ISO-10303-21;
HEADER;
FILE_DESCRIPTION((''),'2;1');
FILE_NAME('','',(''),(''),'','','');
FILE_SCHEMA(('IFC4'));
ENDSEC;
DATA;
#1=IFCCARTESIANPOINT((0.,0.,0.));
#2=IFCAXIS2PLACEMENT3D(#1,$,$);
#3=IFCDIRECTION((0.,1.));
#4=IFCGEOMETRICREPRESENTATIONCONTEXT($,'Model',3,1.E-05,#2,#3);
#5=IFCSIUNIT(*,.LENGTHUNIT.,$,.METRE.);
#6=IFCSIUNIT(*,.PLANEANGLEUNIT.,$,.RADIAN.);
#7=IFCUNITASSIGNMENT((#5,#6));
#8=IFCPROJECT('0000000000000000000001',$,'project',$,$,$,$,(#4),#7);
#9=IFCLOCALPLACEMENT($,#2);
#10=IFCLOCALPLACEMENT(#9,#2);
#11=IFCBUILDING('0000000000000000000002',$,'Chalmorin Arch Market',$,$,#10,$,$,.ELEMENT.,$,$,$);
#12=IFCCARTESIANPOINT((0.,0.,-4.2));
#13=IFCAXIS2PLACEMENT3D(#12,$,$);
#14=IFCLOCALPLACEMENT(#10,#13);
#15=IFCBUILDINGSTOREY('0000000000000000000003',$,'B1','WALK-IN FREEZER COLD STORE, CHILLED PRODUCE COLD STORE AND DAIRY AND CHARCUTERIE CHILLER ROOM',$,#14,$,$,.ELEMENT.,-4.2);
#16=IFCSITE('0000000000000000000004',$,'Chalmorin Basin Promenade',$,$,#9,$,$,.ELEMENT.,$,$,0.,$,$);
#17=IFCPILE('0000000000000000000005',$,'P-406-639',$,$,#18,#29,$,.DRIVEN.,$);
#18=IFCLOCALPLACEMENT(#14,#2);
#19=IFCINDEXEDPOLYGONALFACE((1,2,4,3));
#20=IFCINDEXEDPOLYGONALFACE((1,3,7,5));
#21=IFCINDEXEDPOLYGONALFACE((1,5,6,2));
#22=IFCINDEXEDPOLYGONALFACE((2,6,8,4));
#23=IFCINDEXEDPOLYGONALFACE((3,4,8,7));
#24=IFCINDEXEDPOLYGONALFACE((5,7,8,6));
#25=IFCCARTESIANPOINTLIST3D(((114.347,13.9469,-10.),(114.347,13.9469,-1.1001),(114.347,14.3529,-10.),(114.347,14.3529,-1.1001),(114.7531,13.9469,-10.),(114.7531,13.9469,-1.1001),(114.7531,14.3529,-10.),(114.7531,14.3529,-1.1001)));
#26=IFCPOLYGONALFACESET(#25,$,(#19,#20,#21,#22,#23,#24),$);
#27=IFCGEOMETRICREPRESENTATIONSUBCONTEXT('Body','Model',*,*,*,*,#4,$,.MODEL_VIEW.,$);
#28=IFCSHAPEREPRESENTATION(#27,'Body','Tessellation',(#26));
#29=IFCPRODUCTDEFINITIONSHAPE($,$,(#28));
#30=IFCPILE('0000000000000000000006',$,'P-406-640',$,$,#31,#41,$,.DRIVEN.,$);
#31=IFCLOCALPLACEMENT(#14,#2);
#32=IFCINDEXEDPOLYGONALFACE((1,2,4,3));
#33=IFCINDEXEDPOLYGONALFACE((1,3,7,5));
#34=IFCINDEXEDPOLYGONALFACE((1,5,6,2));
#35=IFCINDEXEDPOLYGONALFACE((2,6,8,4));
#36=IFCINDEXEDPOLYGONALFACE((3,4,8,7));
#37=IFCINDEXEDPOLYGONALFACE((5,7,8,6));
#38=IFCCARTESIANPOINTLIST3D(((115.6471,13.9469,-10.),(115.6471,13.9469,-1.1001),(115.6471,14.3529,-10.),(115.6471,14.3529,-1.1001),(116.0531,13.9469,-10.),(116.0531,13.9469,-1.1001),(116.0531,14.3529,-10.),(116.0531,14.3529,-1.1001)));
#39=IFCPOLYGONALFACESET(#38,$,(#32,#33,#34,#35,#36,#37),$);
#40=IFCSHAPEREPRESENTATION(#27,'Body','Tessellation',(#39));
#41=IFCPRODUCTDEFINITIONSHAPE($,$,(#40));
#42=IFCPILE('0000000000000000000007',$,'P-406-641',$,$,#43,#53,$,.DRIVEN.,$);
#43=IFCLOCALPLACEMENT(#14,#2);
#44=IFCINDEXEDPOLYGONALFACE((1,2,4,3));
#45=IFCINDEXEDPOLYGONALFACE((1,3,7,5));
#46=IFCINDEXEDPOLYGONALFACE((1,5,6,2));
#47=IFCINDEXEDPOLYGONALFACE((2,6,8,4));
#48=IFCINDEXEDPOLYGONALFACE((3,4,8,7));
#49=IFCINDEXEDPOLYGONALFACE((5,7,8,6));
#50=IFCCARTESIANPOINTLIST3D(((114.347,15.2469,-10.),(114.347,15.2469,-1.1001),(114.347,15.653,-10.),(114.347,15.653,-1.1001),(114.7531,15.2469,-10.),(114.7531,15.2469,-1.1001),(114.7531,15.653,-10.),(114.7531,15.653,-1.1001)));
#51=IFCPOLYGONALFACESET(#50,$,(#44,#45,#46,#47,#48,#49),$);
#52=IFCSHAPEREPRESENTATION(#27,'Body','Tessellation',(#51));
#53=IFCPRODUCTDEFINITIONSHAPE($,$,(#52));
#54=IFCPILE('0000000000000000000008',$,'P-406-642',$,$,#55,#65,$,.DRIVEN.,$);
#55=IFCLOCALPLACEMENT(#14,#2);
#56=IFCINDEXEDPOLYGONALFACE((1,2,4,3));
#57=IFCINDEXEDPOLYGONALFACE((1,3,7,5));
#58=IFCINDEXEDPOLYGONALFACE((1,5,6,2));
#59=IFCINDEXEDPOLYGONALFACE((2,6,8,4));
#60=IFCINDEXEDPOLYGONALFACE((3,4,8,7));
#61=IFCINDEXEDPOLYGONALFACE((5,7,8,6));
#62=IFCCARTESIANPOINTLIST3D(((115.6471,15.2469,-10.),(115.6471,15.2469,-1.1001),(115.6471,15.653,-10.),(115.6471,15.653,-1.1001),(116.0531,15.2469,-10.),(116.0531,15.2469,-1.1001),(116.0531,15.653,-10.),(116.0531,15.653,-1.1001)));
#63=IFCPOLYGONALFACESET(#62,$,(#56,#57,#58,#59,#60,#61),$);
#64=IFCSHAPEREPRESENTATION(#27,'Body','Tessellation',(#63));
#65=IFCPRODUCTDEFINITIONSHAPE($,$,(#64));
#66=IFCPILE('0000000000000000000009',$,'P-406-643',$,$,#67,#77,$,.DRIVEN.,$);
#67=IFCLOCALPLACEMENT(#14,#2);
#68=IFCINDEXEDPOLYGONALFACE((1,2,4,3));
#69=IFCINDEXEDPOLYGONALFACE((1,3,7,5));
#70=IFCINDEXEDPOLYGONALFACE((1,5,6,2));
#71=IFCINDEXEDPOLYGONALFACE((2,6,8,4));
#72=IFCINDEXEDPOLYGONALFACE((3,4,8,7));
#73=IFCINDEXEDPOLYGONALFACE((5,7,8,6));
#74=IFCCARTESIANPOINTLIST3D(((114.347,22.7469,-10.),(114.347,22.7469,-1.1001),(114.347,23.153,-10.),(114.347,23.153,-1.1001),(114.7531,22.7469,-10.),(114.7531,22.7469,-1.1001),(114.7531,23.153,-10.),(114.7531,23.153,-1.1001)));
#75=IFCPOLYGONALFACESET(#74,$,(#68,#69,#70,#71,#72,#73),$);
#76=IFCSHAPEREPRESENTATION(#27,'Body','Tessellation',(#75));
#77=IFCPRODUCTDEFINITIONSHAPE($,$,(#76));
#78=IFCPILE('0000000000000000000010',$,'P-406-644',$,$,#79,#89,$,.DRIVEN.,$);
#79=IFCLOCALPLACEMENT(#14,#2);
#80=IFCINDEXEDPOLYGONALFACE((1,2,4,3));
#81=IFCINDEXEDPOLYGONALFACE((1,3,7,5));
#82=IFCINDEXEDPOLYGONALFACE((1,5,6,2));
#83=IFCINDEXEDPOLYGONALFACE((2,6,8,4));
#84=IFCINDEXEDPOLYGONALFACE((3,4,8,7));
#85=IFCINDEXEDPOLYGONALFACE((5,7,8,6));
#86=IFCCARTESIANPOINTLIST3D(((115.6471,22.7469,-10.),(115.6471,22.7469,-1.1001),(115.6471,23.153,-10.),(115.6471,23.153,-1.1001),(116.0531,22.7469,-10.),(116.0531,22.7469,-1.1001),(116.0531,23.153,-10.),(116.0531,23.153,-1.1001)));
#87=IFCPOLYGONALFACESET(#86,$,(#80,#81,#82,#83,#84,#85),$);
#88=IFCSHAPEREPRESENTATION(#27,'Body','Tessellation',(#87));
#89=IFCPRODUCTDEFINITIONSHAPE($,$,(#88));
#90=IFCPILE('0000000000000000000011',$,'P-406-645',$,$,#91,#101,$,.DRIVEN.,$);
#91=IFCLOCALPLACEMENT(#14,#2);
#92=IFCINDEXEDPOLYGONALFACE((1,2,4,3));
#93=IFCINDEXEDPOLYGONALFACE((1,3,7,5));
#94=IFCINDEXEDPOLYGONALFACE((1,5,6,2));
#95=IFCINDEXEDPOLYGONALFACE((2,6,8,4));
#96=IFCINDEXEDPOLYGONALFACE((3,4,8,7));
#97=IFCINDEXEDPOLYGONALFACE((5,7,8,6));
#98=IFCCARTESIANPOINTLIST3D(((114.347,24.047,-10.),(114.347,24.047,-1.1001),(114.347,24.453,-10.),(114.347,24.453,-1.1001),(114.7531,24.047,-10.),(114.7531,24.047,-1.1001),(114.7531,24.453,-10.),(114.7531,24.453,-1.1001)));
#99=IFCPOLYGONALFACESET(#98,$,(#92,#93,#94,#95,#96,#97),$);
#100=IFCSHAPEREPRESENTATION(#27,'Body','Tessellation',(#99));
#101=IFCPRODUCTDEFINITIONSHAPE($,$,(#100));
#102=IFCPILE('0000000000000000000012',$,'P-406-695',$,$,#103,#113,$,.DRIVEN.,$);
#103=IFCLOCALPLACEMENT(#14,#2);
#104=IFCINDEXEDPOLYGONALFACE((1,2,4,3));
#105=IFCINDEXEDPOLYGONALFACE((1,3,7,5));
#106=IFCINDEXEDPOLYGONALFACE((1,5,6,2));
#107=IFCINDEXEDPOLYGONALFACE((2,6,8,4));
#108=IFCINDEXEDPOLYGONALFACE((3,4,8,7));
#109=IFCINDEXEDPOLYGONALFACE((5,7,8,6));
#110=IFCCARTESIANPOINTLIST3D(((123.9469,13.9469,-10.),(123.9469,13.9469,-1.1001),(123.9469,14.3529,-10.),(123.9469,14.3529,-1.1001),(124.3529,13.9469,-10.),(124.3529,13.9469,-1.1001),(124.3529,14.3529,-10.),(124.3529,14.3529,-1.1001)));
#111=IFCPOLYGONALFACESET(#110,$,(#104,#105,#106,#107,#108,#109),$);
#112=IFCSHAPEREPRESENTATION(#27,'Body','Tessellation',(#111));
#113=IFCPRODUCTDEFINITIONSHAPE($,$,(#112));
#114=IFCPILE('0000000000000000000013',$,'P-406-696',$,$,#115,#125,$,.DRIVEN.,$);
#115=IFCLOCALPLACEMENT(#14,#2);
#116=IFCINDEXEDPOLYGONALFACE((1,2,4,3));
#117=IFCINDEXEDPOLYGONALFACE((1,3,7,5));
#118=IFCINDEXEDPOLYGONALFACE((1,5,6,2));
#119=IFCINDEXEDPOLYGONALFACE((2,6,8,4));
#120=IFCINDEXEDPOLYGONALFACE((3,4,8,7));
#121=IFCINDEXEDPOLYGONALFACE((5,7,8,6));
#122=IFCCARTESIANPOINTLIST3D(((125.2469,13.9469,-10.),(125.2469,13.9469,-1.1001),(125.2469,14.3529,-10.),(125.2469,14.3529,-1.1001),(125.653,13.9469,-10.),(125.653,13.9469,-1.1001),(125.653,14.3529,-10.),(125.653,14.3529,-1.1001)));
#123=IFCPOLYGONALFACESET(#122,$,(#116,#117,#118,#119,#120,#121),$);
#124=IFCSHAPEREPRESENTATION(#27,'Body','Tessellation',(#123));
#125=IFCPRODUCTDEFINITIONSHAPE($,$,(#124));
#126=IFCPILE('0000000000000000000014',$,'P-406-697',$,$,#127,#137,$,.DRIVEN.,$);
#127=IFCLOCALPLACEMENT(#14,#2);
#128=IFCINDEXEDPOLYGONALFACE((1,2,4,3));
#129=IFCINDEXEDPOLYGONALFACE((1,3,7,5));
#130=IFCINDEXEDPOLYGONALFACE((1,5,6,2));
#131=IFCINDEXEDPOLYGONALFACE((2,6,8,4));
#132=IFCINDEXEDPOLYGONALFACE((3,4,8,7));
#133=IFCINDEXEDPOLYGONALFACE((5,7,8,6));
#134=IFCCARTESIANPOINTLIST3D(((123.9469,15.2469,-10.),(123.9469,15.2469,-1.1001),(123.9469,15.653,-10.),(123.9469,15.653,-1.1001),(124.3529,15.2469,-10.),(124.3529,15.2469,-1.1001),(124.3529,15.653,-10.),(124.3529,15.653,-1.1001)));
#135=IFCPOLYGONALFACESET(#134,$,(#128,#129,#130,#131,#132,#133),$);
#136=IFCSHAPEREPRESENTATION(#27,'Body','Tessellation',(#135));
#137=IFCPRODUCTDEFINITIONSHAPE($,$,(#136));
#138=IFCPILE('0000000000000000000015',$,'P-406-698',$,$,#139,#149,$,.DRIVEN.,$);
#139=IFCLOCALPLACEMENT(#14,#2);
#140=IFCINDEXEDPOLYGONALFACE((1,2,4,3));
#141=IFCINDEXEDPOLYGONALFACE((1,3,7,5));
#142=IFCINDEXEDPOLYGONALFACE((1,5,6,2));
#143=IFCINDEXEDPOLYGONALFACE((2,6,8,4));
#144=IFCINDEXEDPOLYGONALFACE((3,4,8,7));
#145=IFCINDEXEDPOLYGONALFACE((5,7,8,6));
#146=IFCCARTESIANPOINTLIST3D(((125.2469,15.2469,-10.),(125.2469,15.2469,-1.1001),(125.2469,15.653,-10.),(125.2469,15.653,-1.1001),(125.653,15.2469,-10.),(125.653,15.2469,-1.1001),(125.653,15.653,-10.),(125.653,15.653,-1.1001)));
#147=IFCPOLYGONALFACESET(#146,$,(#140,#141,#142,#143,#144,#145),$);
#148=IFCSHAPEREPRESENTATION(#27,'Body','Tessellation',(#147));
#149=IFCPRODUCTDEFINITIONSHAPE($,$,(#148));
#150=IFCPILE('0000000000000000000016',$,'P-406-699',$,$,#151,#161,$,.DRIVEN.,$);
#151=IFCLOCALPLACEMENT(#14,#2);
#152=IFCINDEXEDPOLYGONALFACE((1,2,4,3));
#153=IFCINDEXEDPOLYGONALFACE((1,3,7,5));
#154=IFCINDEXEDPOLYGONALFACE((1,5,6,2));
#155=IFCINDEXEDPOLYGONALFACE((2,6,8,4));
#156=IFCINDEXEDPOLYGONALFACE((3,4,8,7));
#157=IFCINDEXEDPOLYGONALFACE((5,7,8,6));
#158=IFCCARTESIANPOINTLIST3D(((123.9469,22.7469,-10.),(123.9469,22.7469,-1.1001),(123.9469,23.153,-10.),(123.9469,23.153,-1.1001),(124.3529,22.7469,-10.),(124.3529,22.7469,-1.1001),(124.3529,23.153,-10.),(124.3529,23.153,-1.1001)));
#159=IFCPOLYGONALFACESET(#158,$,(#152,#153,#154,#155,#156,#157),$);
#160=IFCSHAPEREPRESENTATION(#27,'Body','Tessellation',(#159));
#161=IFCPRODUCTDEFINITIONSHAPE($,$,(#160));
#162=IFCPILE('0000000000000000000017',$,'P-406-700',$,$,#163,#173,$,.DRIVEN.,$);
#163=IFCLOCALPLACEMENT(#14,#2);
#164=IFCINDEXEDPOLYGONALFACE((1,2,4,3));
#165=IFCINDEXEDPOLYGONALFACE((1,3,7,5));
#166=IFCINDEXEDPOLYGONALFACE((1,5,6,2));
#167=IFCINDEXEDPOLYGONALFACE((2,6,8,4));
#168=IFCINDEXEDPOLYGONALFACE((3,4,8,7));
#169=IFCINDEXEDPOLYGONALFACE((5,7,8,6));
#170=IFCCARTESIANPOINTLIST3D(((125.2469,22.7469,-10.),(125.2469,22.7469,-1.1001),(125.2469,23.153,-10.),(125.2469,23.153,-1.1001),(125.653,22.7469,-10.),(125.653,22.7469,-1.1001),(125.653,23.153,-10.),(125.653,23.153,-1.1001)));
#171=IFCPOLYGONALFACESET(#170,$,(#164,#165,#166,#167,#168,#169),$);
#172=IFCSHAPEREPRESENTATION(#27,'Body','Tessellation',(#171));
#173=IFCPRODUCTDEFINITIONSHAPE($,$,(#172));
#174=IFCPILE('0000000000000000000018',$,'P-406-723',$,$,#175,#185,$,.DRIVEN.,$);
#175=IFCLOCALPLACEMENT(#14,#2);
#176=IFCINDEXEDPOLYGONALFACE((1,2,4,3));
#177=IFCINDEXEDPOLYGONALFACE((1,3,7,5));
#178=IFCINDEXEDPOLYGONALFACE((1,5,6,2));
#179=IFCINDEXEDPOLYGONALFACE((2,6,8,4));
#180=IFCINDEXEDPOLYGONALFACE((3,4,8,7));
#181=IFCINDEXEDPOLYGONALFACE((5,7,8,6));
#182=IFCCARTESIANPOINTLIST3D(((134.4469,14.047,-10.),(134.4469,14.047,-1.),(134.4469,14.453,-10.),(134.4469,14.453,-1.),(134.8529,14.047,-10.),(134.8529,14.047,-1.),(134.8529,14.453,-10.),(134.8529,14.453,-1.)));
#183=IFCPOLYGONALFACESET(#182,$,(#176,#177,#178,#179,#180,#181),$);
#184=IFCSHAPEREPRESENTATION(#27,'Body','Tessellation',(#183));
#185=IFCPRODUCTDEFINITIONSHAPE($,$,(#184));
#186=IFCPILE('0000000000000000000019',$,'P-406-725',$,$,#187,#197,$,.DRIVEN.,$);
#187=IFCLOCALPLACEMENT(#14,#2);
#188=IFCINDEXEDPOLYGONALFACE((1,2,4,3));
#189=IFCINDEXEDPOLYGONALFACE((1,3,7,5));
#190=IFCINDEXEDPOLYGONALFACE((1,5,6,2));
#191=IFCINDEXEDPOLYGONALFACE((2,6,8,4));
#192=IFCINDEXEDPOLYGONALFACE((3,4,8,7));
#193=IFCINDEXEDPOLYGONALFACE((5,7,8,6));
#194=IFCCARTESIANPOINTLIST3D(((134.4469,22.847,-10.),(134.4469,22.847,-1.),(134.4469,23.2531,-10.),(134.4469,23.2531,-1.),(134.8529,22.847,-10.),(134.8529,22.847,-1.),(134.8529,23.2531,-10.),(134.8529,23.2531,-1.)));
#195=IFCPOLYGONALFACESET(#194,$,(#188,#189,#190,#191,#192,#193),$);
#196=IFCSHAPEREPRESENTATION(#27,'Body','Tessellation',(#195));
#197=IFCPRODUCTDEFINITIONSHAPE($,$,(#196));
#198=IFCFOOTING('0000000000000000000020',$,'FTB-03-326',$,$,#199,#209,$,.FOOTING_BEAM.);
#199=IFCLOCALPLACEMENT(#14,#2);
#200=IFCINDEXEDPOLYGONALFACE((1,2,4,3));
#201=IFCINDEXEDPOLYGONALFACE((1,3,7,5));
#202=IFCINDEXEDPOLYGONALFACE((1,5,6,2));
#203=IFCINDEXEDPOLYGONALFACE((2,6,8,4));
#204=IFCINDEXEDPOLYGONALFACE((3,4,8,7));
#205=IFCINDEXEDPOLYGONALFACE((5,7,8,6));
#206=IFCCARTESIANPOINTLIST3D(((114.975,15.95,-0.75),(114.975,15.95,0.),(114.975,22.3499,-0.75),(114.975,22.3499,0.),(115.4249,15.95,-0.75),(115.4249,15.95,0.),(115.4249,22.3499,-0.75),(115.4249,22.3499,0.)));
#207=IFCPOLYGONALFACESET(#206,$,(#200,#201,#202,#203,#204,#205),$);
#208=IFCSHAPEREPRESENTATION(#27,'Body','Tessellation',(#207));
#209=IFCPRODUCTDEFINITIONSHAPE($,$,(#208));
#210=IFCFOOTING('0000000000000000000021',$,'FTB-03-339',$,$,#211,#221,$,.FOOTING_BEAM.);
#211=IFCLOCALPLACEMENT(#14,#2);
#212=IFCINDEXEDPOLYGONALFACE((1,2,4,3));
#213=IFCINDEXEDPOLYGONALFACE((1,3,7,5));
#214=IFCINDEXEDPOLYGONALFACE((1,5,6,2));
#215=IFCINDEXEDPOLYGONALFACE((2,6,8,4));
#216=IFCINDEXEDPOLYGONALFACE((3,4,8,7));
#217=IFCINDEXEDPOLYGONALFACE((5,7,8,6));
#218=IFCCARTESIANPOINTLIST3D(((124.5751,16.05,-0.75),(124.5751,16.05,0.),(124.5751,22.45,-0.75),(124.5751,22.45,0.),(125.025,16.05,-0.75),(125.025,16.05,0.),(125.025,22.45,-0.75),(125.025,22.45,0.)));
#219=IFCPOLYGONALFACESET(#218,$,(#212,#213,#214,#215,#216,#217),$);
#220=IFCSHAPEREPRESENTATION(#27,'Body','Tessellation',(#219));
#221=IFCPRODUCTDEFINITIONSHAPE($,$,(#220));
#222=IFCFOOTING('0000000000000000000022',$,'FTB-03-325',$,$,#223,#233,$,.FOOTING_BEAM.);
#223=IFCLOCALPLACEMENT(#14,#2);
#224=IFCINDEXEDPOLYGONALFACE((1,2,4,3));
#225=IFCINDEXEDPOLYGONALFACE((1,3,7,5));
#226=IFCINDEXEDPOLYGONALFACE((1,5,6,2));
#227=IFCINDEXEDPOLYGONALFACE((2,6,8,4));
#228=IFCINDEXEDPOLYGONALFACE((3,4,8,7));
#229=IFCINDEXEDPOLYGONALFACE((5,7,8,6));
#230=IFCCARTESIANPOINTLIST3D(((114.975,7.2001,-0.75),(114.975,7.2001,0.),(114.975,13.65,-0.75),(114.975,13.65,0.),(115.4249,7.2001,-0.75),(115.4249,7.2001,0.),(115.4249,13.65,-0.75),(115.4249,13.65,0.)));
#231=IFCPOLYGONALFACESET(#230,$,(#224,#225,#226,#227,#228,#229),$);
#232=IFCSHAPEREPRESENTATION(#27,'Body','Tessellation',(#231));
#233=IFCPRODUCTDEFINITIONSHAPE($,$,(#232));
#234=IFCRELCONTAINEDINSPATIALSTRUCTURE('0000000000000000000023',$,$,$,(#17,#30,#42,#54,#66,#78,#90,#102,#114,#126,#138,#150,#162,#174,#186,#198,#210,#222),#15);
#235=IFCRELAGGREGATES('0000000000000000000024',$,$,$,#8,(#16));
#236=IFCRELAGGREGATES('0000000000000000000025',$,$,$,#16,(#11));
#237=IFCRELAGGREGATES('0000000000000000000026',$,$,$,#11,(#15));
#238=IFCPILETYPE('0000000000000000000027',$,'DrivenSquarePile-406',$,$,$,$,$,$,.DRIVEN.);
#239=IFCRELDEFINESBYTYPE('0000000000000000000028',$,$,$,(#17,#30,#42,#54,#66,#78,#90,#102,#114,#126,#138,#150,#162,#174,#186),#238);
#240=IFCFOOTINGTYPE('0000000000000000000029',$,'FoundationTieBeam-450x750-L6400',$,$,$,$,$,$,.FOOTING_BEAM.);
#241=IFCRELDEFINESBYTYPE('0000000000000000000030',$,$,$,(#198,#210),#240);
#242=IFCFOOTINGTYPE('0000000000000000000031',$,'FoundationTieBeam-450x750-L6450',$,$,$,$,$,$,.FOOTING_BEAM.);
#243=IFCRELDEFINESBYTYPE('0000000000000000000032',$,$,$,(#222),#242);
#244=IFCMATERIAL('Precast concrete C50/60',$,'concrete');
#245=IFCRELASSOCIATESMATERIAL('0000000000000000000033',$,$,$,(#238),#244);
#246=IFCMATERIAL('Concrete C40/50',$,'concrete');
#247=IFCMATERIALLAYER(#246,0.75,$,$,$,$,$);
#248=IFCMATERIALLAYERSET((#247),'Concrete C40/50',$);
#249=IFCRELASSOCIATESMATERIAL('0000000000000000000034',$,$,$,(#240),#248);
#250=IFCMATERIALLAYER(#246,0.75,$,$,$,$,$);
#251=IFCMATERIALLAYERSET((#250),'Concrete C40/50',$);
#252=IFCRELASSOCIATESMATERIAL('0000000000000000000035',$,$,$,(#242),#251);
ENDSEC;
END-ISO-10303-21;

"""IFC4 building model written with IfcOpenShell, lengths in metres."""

from ifc_helpers import new_model, si_unit, direction, frame, origin, origin_2d, place, context, subcontext, project, spatial, rectangle, extrude, material, layer, layer_set, material_profile, profile_set, type_object, element, save


model = new_model("IFC4")

# Units and contexts
model_context = context("Model", 3, precision=1e-05, world=origin(), true_north=direction((0.0, 1.0)))
body_context = subcontext(model_context, "Body", "Model", "MODEL_VIEW")
ifc_project = project(units=[si_unit("LENGTHUNIT", "METRE"), si_unit("PLANEANGLEUNIT", "RADIAN")], contexts=[model_context])

# Site, building, storey
site_placement = place(None, origin())
site = spatial("IfcSite", under=ifc_project, at=site_placement, Name="Chalmorin Basin Promenade", CompositionType="ELEMENT", RefElevation=0.0)
building_placement = place(site_placement, origin())
building = spatial("IfcBuilding", under=site, at=building_placement, Name="Chalmorin Arch Market", CompositionType="ELEMENT")
storey_placement = place(building_placement, frame((0.0, 0.0, -4.2)))
storey = spatial("IfcBuildingStorey", under=building, at=storey_placement, Name="B1", Description="WALK-IN FREEZER COLD STORE, CHILLED PRODUCE COLD STORE AND DAIRY AND CHARCUTERIE CHILLER ROOM", CompositionType="ELEMENT", Elevation=-4.2)

# Piles
ifc_material_1 = material(Name="Precast concrete C50/60", Category="concrete")
ifc_material_profile_1 = material_profile(ifc_material_1, rectangle(XDim=0.406, YDim=0.406, at=origin_2d()), Name="PPC406")
ifc_profile_set_1 = profile_set([ifc_material_profile_1], Name="Precast concrete C50/60")
pile_type = type_object("IfcPileType", Name="DrivenSquarePile-406", PredefinedType="DRIVEN", material=ifc_profile_set_1)
for number, where, z_axis, x_axis, name in (
    (1, (114.55, 14.1499, -1.1001), (0.0, 0.0, -1.0), (1.0, 0.0, 0.0), "P-406-639"),
    (2, (115.8501, 14.1499, -1.1001), (0.0, 0.0, -1.0), (1.0, 0.0, 0.0), "P-406-640"),
    (3, (114.55, 15.45, -1.1001), (0.0, 0.0, -1.0), (1.0, 0.0, 0.0), "P-406-641"),
    (4, (115.8501, 15.45, -1.1001), (0.0, 0.0, -1.0), (1.0, 0.0, 0.0), "P-406-642"),
    (5, (114.55, 22.95, -1.1001), (0.0, 0.0, -1.0), (1.0, 0.0, 0.0), "P-406-643"),
    (6, (115.8501, 22.95, -1.1001), (0.0, 0.0, -1.0), (1.0, 0.0, 0.0), "P-406-644"),
    (7, (114.55, 24.25, -1.1001), (0.0, 0.0, -1.0), (1.0, 0.0, 0.0), "P-406-645"),
    (8, (124.1499, 14.1499, -1.1001), (0.0, 0.0, -1.0), (1.0, 0.0, 0.0), "P-406-695"),
    (9, (125.45, 14.1499, -1.1001), (0.0, 0.0, -1.0), (1.0, 0.0, 0.0), "P-406-696"),
    (10, (124.1499, 15.45, -1.1001), (0.0, 0.0, -1.0), (1.0, 0.0, 0.0), "P-406-697"),
    (11, (125.45, 15.45, -1.1001), (0.0, 0.0, -1.0), (1.0, 0.0, 0.0), "P-406-698"),
    (12, (124.1499, 22.95, -1.1001), (0.0, 0.0, -1.0), (1.0, 0.0, 0.0), "P-406-699"),
    (13, (125.45, 22.95, -1.1001), (0.0, 0.0, -1.0), (1.0, 0.0, 0.0), "P-406-700"),
):
    element("IfcPile", number, at=place(storey_placement, frame(where, z_axis=z_axis, x_axis=x_axis)), inside=storey, type_object=pile_type, Name=name, PredefinedType="DRIVEN", context=body_context, shape_type="SweptSolid", body=[
        extrude(rectangle(XDim=0.406, YDim=0.406, at=origin_2d()), origin(), (0.0, 0.0, 1.0), 8.8999),
    ])
for number, where, z_axis, x_axis, name in (
    (14, (134.6499, 14.25, -1.0), (0.0, 0.0, -1.0), (1.0, 0.0, 0.0), "P-406-723"),
    (15, (134.6499, 23.05, -1.0), (0.0, 0.0, -1.0), (1.0, 0.0, 0.0), "P-406-725"),
):
    element("IfcPile", number, at=place(storey_placement, frame(where, z_axis=z_axis, x_axis=x_axis)), inside=storey, type_object=pile_type, Name=name, PredefinedType="DRIVEN", context=body_context, shape_type="SweptSolid", body=[
        extrude(rectangle(XDim=0.406, YDim=0.406, at=origin_2d()), origin(), (0.0, 0.0, 1.0), 9.0),
    ])

# Footings
ifc_material_2 = material(Name="Concrete C40/50", Category="concrete")
ifc_layer_1 = layer(ifc_material_2, 0.75)
ifc_layer_set_1 = layer_set([ifc_layer_1], Name="Concrete C40/50")
footing_type_1 = type_object("IfcFootingType", Name="FoundationTieBeam-450x750-L6400", PredefinedType="FOOTING_BEAM", material=ifc_layer_set_1)
for number, where, z_axis, x_axis, name in (
    (16, (115.2, 19.1499, -0.75), (0.0, 0.0, 1.0), (0.0, 1.0, 0.0), "FTB-03-326"),
    (17, (124.8, 19.25, -0.75), (0.0, 0.0, 1.0), (0.0, 1.0, 0.0), "FTB-03-339"),
):
    element("IfcFooting", number, at=place(storey_placement, frame(where, z_axis=z_axis, x_axis=x_axis)), inside=storey, type_object=footing_type_1, Name=name, PredefinedType="FOOTING_BEAM", context=body_context, shape_type="SweptSolid", body=[
        extrude(rectangle(XDim=6.3999, YDim=0.45, at=origin_2d()), origin(), (0.0, 0.0, 1.0), 0.75),
    ])
ifc_layer_2 = layer(ifc_material_2, 0.75)
ifc_layer_set_2 = layer_set([ifc_layer_2], Name="Concrete C40/50")
footing_type_2 = type_object("IfcFootingType", Name="FoundationTieBeam-450x750-L6450", PredefinedType="FOOTING_BEAM", material=ifc_layer_set_2)
footing_1_placement = place(storey_placement, frame((115.2, 10.425, -0.75), z_axis=(0.0, 0.0, 1.0), x_axis=(0.0, 1.0, 0.0)))
element("IfcFooting", 18, at=footing_1_placement, inside=storey, type_object=footing_type_2, Name="FTB-03-325", PredefinedType="FOOTING_BEAM", context=body_context, shape_type="SweptSolid", body=[
    extrude(rectangle(XDim=6.45, YDim=0.45, at=origin_2d()), origin(), (0.0, 0.0, 1.0), 0.75),
])

save(model, "model.ifc")
